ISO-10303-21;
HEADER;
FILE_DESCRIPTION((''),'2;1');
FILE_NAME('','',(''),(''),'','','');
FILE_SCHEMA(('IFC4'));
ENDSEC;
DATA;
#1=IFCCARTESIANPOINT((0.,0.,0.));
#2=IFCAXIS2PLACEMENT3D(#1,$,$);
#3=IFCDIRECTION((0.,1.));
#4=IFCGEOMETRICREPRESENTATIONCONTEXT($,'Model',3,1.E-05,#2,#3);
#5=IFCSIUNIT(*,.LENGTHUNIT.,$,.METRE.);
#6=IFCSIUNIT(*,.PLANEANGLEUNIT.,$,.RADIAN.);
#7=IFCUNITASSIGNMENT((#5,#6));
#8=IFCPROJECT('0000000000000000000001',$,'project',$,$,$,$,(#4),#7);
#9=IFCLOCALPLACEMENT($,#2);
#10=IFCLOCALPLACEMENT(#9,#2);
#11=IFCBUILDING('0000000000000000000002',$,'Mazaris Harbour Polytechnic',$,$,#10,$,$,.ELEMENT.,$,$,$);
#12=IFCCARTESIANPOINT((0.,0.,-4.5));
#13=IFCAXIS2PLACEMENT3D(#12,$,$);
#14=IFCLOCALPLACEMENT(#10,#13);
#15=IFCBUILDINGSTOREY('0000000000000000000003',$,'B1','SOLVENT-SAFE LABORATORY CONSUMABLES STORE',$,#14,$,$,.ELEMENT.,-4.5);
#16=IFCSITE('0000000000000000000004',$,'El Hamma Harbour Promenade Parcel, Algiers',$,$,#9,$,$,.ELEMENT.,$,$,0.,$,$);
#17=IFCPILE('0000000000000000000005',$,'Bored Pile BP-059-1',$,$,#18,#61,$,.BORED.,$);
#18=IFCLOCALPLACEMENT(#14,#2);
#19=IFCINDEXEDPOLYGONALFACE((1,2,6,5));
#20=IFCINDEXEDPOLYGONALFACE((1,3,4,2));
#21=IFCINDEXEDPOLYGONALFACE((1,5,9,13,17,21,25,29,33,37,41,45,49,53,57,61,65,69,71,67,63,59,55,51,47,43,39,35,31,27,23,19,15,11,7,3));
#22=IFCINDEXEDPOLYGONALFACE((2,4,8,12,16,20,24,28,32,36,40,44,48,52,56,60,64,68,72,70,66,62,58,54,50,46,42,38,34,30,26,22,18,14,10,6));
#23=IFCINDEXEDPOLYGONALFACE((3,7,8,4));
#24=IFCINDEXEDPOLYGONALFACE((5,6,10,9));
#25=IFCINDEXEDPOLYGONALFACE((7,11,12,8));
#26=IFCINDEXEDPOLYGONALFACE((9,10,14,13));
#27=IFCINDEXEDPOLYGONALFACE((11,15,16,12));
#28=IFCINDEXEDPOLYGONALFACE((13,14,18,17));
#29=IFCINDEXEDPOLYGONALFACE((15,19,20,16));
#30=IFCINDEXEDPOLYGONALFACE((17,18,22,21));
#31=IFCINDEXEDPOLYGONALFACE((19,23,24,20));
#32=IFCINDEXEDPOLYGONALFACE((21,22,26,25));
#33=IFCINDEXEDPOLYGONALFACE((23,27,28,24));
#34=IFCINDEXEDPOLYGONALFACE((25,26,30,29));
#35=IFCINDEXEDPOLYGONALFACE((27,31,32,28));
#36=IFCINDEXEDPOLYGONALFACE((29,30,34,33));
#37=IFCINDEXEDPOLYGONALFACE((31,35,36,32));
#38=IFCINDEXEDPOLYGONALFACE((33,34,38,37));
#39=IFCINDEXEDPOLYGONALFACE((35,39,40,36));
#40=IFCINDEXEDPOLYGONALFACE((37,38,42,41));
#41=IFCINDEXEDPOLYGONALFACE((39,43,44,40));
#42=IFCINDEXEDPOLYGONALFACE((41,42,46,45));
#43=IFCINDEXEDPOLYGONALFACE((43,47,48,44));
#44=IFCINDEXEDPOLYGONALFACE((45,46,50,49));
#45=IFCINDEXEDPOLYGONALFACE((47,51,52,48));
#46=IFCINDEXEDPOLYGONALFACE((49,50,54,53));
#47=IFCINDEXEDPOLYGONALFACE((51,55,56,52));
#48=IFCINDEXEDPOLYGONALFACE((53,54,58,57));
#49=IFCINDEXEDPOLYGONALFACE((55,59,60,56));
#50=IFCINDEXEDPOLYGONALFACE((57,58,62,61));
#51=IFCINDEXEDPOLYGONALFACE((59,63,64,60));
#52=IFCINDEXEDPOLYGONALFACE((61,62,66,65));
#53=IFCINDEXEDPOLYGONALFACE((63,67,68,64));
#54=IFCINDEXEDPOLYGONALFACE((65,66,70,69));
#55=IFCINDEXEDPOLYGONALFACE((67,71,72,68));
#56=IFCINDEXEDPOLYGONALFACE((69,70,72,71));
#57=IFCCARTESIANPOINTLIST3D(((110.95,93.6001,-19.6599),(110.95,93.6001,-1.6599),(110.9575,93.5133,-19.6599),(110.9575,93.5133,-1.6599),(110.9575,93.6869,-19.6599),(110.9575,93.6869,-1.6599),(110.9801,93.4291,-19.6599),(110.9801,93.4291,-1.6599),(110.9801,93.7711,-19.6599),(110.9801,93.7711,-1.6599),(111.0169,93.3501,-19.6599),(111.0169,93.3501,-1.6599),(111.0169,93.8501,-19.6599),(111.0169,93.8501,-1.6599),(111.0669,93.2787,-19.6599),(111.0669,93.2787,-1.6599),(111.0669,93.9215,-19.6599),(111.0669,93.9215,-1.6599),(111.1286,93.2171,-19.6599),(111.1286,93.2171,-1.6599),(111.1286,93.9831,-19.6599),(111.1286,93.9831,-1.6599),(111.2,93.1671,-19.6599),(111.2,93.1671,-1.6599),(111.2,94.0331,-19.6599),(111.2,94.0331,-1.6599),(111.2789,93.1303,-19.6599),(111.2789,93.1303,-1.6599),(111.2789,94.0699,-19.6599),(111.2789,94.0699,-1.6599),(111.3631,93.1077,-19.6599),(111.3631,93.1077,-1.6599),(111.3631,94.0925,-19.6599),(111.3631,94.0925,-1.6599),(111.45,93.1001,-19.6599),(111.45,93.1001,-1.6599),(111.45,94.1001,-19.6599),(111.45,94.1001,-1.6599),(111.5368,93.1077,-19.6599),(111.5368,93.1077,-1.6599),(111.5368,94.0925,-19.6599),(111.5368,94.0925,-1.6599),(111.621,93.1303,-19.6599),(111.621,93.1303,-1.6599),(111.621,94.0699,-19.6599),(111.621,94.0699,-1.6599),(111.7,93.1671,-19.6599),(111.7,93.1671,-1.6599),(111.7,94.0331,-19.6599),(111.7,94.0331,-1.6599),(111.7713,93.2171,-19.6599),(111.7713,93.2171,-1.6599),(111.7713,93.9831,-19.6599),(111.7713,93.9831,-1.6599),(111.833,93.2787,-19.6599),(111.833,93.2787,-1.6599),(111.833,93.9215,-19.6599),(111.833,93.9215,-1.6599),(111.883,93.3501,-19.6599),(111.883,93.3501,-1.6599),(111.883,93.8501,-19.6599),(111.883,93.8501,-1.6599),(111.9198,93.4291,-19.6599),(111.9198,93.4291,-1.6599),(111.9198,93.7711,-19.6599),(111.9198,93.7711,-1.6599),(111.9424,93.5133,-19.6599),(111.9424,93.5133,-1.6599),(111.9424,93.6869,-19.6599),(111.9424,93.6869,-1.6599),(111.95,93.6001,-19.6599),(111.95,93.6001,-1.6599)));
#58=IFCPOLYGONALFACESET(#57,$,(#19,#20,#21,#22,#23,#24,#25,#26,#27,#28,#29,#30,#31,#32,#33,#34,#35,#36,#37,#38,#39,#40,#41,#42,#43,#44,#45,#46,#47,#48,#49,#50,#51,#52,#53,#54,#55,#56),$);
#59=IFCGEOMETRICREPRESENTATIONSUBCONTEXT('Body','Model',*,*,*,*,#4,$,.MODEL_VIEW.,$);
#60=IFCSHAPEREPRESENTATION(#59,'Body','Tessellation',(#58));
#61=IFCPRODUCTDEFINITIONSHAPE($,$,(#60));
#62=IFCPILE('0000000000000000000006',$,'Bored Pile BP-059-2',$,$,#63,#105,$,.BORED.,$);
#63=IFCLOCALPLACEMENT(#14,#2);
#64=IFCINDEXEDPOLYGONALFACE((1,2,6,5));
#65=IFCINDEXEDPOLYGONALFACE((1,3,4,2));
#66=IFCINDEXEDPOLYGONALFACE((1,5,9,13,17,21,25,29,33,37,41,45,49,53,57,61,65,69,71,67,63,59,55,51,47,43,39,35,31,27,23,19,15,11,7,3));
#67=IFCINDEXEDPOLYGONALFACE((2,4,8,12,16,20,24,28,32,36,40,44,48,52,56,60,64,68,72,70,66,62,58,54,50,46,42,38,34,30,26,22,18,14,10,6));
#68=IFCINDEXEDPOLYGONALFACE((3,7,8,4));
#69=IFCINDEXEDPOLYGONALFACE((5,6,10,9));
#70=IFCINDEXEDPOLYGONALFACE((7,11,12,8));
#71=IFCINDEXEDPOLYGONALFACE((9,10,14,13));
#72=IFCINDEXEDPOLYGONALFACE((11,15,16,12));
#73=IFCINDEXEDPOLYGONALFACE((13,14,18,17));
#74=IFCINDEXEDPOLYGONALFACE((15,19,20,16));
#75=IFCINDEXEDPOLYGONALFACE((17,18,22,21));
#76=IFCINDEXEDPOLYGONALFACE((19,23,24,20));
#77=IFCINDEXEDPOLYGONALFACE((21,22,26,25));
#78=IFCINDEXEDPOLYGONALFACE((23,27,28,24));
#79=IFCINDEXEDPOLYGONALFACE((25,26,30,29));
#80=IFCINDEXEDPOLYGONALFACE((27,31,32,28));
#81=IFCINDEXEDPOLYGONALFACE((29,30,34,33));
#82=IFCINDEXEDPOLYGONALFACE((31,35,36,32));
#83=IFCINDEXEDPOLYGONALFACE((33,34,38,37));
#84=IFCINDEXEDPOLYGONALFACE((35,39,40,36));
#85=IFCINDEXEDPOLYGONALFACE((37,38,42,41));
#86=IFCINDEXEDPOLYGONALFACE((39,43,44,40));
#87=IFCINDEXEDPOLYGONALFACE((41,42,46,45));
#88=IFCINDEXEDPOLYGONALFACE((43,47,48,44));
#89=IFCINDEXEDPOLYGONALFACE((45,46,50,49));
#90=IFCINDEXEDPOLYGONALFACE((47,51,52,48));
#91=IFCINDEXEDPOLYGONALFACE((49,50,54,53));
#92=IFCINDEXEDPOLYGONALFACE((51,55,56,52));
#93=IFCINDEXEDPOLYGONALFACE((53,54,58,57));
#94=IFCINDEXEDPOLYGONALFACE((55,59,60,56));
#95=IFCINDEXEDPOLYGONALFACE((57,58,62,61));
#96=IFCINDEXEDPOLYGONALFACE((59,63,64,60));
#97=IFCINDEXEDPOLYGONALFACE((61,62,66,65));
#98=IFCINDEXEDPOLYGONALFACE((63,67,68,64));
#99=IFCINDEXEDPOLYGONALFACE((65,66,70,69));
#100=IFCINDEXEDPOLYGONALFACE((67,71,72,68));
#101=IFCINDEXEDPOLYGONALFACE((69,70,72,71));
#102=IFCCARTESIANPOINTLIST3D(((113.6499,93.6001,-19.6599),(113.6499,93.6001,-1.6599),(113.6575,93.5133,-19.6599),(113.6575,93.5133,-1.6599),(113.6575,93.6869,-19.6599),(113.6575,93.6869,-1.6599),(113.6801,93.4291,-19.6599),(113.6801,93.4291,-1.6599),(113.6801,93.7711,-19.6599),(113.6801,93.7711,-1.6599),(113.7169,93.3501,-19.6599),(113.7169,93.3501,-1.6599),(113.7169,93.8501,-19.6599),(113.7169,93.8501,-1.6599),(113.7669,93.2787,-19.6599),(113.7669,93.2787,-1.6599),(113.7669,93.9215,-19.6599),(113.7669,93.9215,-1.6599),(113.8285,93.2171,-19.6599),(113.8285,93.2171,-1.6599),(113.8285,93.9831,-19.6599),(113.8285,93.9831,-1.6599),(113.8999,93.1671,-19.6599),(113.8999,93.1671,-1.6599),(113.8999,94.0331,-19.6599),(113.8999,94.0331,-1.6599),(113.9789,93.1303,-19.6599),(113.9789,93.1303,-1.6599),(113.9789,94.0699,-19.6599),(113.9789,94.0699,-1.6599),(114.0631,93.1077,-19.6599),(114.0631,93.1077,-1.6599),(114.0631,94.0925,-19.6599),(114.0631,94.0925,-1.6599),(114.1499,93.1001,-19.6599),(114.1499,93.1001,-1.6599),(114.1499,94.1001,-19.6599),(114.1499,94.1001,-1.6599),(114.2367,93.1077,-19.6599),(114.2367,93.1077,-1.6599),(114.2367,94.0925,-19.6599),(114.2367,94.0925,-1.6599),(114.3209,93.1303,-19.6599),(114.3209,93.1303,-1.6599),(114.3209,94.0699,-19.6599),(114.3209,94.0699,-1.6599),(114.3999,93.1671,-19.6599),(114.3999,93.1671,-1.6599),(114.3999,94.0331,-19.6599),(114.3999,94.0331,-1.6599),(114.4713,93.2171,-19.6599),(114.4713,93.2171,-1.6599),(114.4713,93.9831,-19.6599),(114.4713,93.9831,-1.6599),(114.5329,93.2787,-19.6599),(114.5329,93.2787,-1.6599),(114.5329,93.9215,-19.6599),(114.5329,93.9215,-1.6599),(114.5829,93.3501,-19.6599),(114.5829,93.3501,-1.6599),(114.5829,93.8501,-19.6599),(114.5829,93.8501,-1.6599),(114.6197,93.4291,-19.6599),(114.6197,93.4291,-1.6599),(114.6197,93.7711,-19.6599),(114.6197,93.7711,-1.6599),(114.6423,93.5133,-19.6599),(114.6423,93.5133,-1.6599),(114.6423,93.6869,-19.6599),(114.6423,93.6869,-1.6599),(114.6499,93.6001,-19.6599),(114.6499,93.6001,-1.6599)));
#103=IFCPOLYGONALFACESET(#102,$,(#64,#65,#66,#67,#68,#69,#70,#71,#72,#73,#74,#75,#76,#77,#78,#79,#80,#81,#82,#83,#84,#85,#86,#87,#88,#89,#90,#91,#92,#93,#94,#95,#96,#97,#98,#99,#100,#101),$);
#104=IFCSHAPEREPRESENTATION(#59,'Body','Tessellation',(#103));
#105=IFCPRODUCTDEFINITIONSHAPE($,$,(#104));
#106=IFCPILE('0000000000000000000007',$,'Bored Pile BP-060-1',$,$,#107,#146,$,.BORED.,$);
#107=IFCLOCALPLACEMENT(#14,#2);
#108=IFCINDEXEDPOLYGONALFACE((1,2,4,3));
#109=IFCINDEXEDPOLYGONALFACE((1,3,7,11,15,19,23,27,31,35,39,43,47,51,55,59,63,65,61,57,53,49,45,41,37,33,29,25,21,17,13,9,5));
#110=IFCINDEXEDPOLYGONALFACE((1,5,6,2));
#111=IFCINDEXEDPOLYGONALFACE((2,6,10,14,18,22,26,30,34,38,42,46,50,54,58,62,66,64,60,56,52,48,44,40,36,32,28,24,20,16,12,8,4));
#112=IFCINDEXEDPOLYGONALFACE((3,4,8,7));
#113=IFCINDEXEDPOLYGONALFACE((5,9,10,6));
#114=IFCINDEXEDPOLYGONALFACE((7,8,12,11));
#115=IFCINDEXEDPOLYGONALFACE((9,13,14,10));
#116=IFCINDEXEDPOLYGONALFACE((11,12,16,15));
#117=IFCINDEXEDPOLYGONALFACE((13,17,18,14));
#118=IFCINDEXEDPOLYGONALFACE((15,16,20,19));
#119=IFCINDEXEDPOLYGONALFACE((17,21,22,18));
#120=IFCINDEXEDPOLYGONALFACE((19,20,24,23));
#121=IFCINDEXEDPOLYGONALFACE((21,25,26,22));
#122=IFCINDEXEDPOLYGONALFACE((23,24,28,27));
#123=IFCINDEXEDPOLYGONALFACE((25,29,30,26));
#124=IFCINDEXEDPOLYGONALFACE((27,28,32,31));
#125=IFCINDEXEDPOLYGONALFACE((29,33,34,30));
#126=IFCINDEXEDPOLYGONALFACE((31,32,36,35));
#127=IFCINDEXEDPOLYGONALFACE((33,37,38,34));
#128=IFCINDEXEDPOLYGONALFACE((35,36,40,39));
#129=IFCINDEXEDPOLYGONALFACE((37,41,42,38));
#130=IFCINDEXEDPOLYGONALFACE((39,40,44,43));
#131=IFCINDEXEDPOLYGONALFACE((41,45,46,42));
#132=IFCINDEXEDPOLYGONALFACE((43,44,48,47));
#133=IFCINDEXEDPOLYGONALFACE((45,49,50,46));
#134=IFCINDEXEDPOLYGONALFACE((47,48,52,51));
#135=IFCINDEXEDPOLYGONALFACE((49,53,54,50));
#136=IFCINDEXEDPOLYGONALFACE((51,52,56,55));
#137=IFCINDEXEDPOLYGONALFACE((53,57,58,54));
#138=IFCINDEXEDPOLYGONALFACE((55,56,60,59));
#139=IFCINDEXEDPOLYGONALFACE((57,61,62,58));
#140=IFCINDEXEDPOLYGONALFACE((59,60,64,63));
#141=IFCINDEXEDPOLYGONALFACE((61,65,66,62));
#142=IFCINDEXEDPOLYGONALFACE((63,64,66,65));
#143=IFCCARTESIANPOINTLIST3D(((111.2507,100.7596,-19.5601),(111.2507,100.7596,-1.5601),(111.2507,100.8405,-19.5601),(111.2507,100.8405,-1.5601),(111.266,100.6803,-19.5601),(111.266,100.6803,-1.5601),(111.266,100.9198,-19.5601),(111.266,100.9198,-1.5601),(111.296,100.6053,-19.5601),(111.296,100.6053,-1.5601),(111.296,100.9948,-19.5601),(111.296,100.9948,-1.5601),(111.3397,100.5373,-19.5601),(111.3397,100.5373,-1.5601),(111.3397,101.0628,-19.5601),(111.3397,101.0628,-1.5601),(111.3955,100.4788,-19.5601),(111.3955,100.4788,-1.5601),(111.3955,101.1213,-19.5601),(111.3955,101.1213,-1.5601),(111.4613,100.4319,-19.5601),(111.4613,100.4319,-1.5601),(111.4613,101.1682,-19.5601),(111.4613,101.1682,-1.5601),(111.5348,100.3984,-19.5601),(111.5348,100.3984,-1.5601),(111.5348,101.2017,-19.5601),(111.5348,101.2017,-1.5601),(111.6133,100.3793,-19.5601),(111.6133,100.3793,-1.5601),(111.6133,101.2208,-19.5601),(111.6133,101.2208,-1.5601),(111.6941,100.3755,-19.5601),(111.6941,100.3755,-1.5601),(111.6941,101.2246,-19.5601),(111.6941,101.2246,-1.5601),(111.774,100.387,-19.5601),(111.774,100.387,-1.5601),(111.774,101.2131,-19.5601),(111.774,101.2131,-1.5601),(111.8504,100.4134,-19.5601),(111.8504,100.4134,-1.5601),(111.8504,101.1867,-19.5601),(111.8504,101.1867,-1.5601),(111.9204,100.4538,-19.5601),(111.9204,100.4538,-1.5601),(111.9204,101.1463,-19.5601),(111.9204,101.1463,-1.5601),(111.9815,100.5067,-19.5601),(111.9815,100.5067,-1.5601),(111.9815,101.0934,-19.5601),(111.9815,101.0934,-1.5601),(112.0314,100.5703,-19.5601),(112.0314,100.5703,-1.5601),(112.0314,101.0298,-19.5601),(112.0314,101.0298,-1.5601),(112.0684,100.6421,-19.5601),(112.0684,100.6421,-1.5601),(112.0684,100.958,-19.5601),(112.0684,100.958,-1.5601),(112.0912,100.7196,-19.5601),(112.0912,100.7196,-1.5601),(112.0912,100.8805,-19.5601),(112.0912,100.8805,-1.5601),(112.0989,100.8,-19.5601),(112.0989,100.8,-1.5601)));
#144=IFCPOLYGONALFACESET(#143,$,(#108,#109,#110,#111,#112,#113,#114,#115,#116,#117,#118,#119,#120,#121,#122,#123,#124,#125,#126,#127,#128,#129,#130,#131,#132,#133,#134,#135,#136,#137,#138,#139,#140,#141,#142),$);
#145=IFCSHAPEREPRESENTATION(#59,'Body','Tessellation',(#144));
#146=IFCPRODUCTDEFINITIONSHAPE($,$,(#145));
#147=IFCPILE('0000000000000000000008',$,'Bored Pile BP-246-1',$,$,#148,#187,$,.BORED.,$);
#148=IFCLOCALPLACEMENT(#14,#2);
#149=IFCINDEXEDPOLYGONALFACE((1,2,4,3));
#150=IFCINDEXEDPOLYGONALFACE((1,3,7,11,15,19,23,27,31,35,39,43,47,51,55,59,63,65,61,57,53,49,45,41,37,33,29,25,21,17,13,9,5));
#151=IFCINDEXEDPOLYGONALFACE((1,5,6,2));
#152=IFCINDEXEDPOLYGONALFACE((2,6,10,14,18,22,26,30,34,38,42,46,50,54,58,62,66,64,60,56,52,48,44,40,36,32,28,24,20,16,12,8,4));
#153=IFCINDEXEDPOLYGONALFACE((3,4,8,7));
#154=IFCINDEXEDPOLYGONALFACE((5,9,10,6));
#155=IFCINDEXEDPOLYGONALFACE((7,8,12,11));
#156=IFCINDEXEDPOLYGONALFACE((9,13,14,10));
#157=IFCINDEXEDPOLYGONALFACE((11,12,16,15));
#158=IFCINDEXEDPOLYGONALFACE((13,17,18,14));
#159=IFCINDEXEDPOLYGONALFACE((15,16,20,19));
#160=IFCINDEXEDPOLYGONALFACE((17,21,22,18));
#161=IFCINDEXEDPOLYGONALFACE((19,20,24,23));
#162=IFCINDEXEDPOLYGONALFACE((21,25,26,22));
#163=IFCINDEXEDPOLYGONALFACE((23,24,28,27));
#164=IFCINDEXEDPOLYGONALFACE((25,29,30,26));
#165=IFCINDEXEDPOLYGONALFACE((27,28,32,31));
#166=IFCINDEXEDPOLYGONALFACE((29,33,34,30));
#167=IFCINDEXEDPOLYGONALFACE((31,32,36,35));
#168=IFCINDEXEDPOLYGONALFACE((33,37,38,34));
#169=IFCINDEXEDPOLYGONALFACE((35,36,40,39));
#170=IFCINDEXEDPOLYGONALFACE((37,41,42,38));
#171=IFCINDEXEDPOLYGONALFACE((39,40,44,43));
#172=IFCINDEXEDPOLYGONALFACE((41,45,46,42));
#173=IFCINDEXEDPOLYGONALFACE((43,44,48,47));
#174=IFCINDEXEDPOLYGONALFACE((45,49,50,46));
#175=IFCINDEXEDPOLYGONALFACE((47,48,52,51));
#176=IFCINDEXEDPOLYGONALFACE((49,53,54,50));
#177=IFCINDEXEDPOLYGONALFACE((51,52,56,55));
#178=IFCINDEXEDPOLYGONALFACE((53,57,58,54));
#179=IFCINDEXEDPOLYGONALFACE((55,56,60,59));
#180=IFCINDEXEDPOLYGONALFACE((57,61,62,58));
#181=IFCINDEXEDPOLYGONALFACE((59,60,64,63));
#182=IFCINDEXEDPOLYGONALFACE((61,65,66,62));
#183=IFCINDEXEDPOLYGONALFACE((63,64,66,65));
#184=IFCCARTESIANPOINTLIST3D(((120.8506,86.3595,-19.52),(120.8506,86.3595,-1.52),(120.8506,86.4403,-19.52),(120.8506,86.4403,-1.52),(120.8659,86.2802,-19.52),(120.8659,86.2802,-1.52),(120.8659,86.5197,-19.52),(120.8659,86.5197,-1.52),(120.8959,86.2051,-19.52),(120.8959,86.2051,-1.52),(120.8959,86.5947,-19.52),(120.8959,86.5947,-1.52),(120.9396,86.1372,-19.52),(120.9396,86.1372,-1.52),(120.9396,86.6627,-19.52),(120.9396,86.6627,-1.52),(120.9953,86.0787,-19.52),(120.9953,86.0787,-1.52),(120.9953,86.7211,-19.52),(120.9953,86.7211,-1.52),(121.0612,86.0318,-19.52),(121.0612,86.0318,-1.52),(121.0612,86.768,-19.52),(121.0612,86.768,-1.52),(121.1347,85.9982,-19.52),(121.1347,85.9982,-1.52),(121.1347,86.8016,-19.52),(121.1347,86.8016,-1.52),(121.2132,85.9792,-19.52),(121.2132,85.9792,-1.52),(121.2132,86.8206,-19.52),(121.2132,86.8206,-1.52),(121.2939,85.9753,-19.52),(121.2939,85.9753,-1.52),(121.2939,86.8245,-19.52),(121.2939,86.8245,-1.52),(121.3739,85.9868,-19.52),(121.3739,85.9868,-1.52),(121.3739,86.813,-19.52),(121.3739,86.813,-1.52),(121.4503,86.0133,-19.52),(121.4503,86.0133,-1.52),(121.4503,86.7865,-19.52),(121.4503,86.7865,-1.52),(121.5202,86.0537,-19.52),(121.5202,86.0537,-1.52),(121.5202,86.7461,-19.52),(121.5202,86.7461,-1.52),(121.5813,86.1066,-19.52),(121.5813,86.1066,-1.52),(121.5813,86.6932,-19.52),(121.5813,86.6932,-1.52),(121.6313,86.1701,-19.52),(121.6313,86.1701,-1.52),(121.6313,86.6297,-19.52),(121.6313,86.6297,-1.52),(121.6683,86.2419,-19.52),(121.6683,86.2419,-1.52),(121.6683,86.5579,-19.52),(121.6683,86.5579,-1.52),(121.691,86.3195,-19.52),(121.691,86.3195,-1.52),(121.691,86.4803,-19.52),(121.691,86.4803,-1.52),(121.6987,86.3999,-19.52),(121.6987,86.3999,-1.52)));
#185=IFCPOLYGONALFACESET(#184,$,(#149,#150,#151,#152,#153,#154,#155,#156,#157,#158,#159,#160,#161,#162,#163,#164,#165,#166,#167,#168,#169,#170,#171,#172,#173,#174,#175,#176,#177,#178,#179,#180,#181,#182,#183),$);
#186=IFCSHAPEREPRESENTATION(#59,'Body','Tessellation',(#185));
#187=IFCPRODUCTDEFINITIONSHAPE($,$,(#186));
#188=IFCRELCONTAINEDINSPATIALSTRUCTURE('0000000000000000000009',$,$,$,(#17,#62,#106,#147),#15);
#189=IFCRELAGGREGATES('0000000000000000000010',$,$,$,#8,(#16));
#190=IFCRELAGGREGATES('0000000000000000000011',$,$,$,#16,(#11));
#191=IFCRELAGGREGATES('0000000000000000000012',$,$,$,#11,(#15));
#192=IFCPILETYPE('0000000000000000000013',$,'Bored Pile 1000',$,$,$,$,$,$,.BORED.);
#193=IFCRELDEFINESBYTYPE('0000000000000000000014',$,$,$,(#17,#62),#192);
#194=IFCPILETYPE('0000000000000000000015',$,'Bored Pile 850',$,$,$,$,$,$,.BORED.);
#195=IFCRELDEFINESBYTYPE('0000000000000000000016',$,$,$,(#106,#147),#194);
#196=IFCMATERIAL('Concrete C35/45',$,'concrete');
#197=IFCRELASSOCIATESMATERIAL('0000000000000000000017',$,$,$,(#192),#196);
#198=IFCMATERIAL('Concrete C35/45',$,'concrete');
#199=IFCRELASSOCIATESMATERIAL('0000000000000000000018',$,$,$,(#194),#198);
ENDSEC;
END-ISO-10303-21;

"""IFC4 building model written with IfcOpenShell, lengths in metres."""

from ifc_helpers import new_model, si_unit, direction, frame, origin, origin_2d, place, context, subcontext, project, spatial, circle, extrude, material, material_profile, profile_set, type_object, element, save


model = new_model("IFC4")

# Units and contexts
model_context = context("Model", 3, precision=1e-05, world=origin(), true_north=direction((0.0, 1.0)))
body_context = subcontext(model_context, "Body", "Model", "MODEL_VIEW")
ifc_project = project(units=[si_unit("LENGTHUNIT", "METRE"), si_unit("PLANEANGLEUNIT", "RADIAN")], contexts=[model_context])

# Site, building, storey
site_placement = place(None, origin())
site = spatial("IfcSite", under=ifc_project, at=site_placement, Name="El Hamma Harbour Promenade Parcel, Algiers", CompositionType="ELEMENT", RefElevation=0.0)
building_placement = place(site_placement, origin())
building = spatial("IfcBuilding", under=site, at=building_placement, Name="Mazaris Harbour Polytechnic", CompositionType="ELEMENT")
storey_placement = place(building_placement, frame((0.0, 0.0, -4.5)))
storey = spatial("IfcBuildingStorey", under=building, at=storey_placement, Name="B1", Description="SOLVENT-SAFE LABORATORY CONSUMABLES STORE", CompositionType="ELEMENT", Elevation=-4.5)

# Piles
ifc_material_1 = material(Name="Concrete C35/45", Category="concrete")
ifc_material_profile_1 = material_profile(ifc_material_1, circle(Radius=0.5, at=origin_2d()), Name="DIA1000")
ifc_profile_set_1 = profile_set([ifc_material_profile_1], Name="Concrete C35/45")
pile_type_1 = type_object("IfcPileType", Name="Bored Pile 1000", PredefinedType="BORED", material=ifc_profile_set_1)
for number, where, z_axis, x_axis, name in (
    (1, (111.45, 93.6001, -1.6599), (0.0, 0.0, -1.0), (1.0, 0.0, 0.0), "Bored Pile BP-059-1"),
    (2, (114.1499, 93.6001, -1.6599), (0.0, 0.0, -1.0), (1.0, 0.0, 0.0), "Bored Pile BP-059-2"),
):
    element("IfcPile", number, at=place(storey_placement, frame(where, z_axis=z_axis, x_axis=x_axis)), inside=storey, type_object=pile_type_1, Name=name, PredefinedType="BORED", context=body_context, shape_type="SweptSolid", body=[
        extrude(circle(Radius=0.5, at=origin_2d()), origin(), (0.0, 0.0, 1.0), 18.0),
    ])
ifc_material_2 = material(Name="Concrete C35/45", Category="concrete")
ifc_material_profile_2 = material_profile(ifc_material_2, circle(Radius=0.425, at=origin_2d()), Name="DIA850")
ifc_profile_set_2 = profile_set([ifc_material_profile_2], Name="Concrete C35/45")
pile_type_2 = type_object("IfcPileType", Name="Bored Pile 850", PredefinedType="BORED", material=ifc_profile_set_2)
for number, where, z_axis, x_axis, name in (
    (3, (111.6738, 100.8, -1.5601), (0.0, 0.0, -1.0), (1.0, 0.0, 0.0), "Bored Pile BP-060-1"),
    (4, (121.2737, 86.3999, -1.52), (0.0, 0.0, -1.0), (1.0, 0.0, 0.0), "Bored Pile BP-246-1"),
):
    element("IfcPile", number, at=place(storey_placement, frame(where, z_axis=z_axis, x_axis=x_axis)), inside=storey, type_object=pile_type_2, Name=name, PredefinedType="BORED", context=body_context, shape_type="SweptSolid", body=[
        extrude(circle(Radius=0.425, at=origin_2d()), origin(), (0.0, 0.0, 1.0), 18.0),
    ])

save(model, "model.ifc")
